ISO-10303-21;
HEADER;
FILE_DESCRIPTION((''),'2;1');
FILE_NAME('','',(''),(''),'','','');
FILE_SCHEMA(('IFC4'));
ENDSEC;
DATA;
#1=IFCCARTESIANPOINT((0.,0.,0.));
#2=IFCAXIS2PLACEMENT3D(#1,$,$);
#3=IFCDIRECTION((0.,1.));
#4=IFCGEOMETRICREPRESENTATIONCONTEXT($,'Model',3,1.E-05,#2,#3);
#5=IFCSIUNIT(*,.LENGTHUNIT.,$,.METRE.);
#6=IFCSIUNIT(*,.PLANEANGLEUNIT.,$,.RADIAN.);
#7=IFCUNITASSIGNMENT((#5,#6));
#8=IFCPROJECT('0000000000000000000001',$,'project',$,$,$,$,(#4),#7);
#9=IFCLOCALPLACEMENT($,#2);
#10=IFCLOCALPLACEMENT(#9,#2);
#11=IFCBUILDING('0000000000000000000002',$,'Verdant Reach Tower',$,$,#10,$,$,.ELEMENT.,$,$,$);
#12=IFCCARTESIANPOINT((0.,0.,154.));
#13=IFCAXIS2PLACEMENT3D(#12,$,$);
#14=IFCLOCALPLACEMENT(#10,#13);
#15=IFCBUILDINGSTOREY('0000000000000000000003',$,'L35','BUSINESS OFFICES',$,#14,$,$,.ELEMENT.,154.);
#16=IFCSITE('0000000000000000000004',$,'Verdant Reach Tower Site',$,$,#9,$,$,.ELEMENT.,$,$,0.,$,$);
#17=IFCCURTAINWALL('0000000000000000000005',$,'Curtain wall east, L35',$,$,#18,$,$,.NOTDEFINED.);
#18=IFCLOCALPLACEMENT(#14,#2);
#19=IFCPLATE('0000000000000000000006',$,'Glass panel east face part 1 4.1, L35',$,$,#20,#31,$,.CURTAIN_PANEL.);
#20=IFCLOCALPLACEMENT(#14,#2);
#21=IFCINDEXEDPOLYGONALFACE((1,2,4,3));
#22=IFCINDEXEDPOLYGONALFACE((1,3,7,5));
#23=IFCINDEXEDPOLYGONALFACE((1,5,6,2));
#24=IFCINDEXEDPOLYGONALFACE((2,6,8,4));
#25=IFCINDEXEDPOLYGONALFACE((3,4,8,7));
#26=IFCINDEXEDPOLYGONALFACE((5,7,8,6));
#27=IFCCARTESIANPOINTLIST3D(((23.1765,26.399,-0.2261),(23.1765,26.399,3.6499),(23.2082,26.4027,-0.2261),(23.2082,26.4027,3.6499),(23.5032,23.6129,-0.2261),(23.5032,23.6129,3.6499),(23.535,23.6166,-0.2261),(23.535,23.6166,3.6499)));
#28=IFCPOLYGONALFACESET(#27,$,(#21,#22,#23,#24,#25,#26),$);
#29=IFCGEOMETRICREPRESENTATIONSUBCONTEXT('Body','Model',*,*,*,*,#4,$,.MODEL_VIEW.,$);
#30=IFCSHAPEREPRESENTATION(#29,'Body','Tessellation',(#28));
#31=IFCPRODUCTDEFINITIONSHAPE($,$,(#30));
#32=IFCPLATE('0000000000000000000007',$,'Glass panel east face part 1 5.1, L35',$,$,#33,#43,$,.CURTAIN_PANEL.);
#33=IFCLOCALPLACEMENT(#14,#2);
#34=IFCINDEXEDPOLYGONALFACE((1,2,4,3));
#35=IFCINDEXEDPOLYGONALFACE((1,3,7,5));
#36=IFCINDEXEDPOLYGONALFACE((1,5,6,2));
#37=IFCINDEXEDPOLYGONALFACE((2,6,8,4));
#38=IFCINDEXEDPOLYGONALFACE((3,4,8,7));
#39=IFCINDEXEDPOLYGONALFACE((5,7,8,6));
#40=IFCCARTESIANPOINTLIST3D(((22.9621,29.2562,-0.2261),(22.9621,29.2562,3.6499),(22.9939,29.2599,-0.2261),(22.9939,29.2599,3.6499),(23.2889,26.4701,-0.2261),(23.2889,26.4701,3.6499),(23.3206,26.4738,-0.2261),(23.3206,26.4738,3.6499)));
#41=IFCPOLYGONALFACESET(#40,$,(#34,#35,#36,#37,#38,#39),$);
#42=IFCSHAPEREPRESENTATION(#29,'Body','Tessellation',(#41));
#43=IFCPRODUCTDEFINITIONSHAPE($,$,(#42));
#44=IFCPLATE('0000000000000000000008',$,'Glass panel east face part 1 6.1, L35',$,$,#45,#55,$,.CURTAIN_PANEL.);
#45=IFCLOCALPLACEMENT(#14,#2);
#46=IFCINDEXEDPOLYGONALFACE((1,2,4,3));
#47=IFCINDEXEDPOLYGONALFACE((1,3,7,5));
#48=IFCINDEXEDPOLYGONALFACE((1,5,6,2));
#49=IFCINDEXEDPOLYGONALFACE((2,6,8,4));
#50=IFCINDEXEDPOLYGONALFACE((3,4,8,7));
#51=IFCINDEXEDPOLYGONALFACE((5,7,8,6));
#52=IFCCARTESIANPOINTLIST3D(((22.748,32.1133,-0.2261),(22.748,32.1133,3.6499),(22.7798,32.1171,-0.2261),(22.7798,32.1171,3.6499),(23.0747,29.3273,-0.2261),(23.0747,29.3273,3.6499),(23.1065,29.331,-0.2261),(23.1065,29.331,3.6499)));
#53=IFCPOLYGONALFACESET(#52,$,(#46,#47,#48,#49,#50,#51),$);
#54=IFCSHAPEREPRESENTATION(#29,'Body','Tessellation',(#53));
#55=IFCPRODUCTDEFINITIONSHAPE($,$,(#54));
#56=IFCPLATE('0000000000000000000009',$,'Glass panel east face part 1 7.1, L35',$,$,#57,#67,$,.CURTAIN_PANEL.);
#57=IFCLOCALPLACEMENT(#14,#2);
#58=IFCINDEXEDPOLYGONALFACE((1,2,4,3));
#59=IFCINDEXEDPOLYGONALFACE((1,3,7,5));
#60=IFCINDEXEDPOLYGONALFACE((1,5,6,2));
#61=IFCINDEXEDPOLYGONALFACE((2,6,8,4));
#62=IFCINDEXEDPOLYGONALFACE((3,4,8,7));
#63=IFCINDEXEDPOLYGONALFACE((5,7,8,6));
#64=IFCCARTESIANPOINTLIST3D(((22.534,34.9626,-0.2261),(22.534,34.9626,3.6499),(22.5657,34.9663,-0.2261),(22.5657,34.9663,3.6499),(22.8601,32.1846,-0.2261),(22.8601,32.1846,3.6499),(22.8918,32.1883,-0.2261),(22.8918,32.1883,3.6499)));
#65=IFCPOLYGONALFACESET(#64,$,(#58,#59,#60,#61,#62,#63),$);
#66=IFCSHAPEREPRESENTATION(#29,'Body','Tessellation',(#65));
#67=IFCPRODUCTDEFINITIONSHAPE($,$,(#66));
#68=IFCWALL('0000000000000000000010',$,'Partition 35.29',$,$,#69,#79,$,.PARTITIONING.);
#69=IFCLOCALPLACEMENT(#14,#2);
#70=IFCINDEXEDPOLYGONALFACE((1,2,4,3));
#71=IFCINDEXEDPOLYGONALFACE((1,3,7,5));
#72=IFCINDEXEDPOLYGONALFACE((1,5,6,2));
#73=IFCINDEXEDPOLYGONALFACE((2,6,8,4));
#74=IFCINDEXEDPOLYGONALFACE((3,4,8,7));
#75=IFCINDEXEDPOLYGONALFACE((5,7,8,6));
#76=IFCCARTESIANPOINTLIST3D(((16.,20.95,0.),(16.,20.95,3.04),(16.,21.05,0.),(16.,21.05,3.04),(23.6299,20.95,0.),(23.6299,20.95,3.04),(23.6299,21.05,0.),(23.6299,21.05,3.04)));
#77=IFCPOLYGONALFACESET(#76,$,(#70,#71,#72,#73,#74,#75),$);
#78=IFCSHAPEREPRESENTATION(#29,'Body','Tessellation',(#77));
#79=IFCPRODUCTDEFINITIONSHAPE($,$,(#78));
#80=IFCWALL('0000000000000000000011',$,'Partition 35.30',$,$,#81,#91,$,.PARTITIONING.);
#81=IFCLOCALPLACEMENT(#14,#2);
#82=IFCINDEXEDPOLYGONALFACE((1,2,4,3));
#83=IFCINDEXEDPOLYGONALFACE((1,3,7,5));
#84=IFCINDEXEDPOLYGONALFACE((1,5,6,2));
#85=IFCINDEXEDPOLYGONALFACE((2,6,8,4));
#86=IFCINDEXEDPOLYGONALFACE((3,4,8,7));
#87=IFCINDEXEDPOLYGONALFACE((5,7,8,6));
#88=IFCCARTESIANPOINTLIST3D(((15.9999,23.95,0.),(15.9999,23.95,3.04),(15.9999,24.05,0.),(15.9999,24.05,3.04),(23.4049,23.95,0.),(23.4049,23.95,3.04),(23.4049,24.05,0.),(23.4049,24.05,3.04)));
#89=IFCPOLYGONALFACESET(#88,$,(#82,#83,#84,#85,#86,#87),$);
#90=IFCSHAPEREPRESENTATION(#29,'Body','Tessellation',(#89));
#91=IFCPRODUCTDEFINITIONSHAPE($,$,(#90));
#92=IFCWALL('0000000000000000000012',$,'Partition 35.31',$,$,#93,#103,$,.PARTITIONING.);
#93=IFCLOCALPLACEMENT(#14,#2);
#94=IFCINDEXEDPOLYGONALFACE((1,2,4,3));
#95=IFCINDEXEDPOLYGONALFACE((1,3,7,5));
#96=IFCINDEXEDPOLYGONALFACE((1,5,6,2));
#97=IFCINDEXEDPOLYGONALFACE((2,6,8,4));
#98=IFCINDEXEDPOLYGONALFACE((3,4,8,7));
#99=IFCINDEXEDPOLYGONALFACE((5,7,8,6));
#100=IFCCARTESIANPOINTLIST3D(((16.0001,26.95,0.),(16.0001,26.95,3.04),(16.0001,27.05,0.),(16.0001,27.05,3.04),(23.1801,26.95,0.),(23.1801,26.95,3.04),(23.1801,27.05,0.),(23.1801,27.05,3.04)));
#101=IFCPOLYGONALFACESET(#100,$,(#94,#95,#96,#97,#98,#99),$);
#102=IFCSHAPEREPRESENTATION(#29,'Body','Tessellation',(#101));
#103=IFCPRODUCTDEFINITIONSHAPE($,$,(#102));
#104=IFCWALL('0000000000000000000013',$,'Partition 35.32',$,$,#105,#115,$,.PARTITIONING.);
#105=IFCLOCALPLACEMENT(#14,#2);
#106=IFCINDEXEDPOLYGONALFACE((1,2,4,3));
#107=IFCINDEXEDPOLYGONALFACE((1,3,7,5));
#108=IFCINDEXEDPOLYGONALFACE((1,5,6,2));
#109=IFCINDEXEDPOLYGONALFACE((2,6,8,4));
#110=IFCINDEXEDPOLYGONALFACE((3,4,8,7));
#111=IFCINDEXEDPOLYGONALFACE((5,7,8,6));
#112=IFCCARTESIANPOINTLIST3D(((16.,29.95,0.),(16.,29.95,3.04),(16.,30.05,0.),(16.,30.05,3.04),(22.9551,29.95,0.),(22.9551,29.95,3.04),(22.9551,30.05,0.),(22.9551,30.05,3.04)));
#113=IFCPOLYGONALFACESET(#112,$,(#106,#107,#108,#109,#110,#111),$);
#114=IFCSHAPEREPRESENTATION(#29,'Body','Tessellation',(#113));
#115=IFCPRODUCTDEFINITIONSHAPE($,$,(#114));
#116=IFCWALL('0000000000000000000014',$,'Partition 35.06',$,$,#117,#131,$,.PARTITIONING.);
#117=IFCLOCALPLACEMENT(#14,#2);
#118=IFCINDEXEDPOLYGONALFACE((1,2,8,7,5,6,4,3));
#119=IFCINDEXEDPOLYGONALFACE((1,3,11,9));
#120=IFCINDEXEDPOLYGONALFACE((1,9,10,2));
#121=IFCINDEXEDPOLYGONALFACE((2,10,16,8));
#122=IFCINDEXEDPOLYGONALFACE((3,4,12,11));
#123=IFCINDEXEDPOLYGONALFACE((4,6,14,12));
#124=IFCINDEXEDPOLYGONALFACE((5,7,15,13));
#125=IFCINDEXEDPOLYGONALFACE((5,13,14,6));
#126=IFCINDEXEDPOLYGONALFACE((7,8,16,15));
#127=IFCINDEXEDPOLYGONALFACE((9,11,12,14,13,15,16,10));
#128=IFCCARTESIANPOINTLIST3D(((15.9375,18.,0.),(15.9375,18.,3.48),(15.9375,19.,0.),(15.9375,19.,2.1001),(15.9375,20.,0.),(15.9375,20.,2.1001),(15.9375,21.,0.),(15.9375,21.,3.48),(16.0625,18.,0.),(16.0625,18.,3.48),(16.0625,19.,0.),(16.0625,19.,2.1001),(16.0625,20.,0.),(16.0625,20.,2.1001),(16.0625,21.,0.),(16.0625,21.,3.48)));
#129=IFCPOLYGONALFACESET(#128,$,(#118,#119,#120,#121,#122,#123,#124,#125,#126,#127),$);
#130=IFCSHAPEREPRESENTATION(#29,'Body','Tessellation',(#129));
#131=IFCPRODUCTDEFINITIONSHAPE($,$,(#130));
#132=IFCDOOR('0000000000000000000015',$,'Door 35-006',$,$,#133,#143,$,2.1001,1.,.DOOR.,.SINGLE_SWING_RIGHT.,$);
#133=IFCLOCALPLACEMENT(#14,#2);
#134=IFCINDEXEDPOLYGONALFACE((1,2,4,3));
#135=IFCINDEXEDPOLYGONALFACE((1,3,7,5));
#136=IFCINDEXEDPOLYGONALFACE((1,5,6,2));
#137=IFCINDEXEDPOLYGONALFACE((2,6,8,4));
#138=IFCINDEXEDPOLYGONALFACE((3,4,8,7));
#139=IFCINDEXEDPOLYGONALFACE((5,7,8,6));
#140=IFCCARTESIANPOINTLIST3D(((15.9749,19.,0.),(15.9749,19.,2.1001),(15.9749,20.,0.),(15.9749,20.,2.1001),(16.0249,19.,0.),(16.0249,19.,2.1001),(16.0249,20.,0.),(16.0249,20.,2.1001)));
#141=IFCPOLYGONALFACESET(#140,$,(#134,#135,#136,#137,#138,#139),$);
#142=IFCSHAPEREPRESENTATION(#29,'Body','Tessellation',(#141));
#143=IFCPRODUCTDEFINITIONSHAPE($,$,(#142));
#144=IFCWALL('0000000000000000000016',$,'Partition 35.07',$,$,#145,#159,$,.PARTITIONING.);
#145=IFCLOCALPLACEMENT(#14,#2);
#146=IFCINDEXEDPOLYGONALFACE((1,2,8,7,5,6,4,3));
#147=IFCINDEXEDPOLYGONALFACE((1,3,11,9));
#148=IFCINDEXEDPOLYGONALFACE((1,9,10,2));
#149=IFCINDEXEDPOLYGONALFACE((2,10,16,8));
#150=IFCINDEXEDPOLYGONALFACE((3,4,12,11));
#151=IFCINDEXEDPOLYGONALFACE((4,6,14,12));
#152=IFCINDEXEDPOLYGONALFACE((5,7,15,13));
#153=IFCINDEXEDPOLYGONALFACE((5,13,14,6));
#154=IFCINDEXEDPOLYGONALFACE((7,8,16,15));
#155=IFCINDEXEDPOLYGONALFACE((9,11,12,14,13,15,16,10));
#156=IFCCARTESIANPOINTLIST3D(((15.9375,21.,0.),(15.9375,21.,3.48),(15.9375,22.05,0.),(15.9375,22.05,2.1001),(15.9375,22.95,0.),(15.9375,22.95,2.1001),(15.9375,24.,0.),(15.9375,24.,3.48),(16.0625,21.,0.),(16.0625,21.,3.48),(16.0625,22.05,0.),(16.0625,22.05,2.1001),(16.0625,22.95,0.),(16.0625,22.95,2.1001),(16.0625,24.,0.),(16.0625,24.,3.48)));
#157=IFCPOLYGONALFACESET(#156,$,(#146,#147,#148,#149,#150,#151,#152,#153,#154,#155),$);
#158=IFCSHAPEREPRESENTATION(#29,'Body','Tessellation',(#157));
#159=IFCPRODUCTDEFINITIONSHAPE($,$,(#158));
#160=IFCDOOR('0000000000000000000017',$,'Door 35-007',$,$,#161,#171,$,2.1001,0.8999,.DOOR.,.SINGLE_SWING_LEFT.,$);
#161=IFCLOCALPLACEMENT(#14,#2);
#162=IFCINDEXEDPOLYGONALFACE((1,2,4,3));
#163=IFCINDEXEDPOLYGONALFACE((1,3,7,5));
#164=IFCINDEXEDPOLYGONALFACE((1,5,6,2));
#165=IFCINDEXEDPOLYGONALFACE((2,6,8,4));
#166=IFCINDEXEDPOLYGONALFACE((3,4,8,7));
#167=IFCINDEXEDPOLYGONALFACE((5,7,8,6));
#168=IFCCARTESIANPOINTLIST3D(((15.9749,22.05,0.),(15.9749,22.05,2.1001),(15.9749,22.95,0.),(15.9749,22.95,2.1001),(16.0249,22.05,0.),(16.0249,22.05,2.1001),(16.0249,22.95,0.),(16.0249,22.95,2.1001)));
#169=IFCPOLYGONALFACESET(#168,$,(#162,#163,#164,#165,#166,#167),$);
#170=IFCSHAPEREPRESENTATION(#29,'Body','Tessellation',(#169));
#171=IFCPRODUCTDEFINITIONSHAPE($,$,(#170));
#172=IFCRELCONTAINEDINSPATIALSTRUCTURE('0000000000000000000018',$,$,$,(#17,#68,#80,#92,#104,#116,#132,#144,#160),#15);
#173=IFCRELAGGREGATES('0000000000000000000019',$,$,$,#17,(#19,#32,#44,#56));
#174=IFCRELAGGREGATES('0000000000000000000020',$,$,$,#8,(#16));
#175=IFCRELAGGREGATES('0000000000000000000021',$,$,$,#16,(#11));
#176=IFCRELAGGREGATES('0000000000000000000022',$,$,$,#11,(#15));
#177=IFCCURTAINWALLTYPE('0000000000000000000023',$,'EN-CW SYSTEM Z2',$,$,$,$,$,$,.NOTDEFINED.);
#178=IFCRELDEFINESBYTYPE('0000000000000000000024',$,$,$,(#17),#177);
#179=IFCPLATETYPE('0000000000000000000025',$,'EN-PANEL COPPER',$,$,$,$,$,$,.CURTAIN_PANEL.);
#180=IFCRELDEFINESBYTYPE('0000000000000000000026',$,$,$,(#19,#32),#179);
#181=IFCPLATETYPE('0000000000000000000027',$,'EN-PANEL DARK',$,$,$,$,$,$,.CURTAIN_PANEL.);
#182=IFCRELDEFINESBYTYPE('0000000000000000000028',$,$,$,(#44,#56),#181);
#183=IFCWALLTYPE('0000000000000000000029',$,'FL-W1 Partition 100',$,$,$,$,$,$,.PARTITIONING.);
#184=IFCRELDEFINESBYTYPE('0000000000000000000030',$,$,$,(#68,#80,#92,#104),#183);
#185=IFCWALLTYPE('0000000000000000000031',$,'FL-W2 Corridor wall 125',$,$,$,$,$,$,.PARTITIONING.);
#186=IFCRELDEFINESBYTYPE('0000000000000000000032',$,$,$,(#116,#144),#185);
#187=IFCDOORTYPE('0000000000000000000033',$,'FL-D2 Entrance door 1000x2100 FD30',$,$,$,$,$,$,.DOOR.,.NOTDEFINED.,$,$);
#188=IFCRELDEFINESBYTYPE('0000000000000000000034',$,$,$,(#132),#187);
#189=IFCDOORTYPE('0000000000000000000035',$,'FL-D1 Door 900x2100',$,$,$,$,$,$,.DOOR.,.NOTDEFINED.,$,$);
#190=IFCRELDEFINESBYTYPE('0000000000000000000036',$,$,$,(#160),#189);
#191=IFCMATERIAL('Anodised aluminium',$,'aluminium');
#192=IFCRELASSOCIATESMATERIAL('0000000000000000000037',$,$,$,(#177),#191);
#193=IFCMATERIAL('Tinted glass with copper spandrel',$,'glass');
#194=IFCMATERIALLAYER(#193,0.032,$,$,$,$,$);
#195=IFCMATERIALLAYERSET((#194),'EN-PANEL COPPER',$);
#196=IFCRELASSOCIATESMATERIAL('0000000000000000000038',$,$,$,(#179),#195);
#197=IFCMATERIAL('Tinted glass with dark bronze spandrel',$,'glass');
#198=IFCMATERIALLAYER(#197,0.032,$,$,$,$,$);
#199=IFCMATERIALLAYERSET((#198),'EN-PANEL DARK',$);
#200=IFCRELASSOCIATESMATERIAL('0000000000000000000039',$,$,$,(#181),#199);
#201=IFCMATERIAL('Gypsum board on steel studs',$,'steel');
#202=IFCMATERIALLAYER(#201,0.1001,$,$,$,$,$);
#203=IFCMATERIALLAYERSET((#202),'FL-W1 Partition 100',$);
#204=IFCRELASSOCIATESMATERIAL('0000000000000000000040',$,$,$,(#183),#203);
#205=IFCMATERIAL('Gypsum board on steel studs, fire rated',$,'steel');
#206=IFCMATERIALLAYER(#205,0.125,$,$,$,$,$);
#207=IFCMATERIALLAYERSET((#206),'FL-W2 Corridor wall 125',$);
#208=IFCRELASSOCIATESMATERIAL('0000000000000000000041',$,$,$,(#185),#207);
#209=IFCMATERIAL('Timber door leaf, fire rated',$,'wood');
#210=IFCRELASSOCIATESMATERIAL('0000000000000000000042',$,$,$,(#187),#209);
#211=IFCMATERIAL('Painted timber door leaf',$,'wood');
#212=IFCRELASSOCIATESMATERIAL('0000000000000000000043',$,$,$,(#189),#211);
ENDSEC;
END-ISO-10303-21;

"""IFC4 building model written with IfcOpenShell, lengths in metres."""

from ifc_helpers import new_model, si_unit, direction, frame, frame_2d, origin, origin_2d, place, context, subcontext, project, spatial, rectangle, extrude, material, layer, layer_set, type_object, element, fill, aggregate, save


model = new_model("IFC4")

# Units and contexts
model_context = context("Model", 3, precision=1e-05, world=origin(), true_north=direction((0.0, 1.0)))
body_context = subcontext(model_context, "Body", "Model", "MODEL_VIEW")
ifc_project = project(units=[si_unit("LENGTHUNIT", "METRE"), si_unit("PLANEANGLEUNIT", "RADIAN")], contexts=[model_context])

# Site, building, storey
site_placement = place(None, origin())
site = spatial("IfcSite", under=ifc_project, at=site_placement, Name="Verdant Reach Tower Site", CompositionType="ELEMENT", RefElevation=0.0)
building_placement = place(site_placement, origin())
building = spatial("IfcBuilding", under=site, at=building_placement, Name="Verdant Reach Tower", CompositionType="ELEMENT")
storey_placement = place(building_placement, frame((0.0, 0.0, 154.0)))
storey = spatial("IfcBuildingStorey", under=building, at=storey_placement, Name="L35", Description="BUSINESS OFFICES", CompositionType="ELEMENT", Elevation=154.0)

# Curtain wall, plates
ifc_material_1 = material(Name="Anodised aluminium", Category="aluminium")
curtain_wall_type = type_object("IfcCurtainWallType", Name="EN-CW SYSTEM Z2", PredefinedType="NOTDEFINED", material=ifc_material_1)
curtain_wall_placement = place(storey_placement, origin())
curtain_wall = element("IfcCurtainWall", 1, at=curtain_wall_placement, inside=storey, type_object=curtain_wall_type, Name="Curtain wall east, L35", PredefinedType="NOTDEFINED")
ifc_material_2 = material(Name="Tinted glass with copper spandrel", Category="glass")
ifc_layer_1 = layer(ifc_material_2, 0.032)
ifc_layer_set_1 = layer_set([ifc_layer_1], Name="EN-PANEL COPPER")
plate_type_1 = type_object("IfcPlateType", Name="EN-PANEL COPPER", PredefinedType="CURTAIN_PANEL", material=ifc_layer_set_1)
plate_1_placement = place(storey_placement, frame((23.3557, 25.0078, -0.2261), z_axis=(0.0, 0.0, 1.0), x_axis=(-0.116483, 0.993193, 0.0)))
plate_1 = element("IfcPlate", 2, at=plate_1_placement, type_object=plate_type_1, Name="Glass panel east face part 1 4.1, L35", PredefinedType="CURTAIN_PANEL", context=body_context, shape_type="SweptSolid", body=[
    extrude(rectangle(XDim=2.8052, YDim=0.032, at=origin_2d()), origin(), (0.0, 0.0, 1.0), 3.876),
])
plate_2_placement = place(storey_placement, frame((23.1414, 27.865, -0.2261), z_axis=(0.0, 0.0, 1.0), x_axis=(-0.116483, 0.993193, 0.0)))
plate_2 = element("IfcPlate", 3, at=plate_2_placement, type_object=plate_type_1, Name="Glass panel east face part 1 5.1, L35", PredefinedType="CURTAIN_PANEL", context=body_context, shape_type="SweptSolid", body=[
    extrude(rectangle(XDim=2.8052, YDim=0.032, at=origin_2d()), origin(), (0.0, 0.0, 1.0), 3.876),
])
ifc_material_3 = material(Name="Tinted glass with dark bronze spandrel", Category="glass")
ifc_layer_2 = layer(ifc_material_3, 0.032)
ifc_layer_set_2 = layer_set([ifc_layer_2], Name="EN-PANEL DARK")
plate_type_2 = type_object("IfcPlateType", Name="EN-PANEL DARK", PredefinedType="CURTAIN_PANEL", material=ifc_layer_set_2)
plate_3_placement = place(storey_placement, frame((22.9272, 30.7222, -0.2261), z_axis=(0.0, 0.0, 1.0), x_axis=(-0.116483, 0.993193, 0.0)))
plate_3 = element("IfcPlate", 4, at=plate_3_placement, type_object=plate_type_2, Name="Glass panel east face part 1 6.1, L35", PredefinedType="CURTAIN_PANEL", context=body_context, shape_type="SweptSolid", body=[
    extrude(rectangle(XDim=2.8052, YDim=0.032, at=origin_2d()), origin(), (0.0, 0.0, 1.0), 3.876),
])
plate_4_placement = place(storey_placement, frame((22.7129, 33.5754, -0.2261), z_axis=(0.0, 0.0, 1.0), x_axis=(-0.116586, 0.993181, 0.0)))
plate_4 = element("IfcPlate", 5, at=plate_4_placement, type_object=plate_type_2, Name="Glass panel east face part 1 7.1, L35", PredefinedType="CURTAIN_PANEL", context=body_context, shape_type="SweptSolid", body=[
    extrude(rectangle(XDim=2.7971, YDim=0.032, at=origin_2d()), origin(), (0.0, 0.0, 1.0), 3.876),
])
aggregate(curtain_wall, [plate_1, plate_2, plate_3, plate_4])

# Walls
ifc_material_4 = material(Name="Gypsum board on steel studs", Category="steel")
ifc_layer_3 = layer(ifc_material_4, 0.1001)
ifc_layer_set_3 = layer_set([ifc_layer_3], Name="FL-W1 Partition 100")
wall_type_1 = type_object("IfcWallType", Name="FL-W1 Partition 100", PredefinedType="PARTITIONING", material=ifc_layer_set_3)
wall_1_placement = place(storey_placement, frame((23.6299, 21.0, 0.0), z_axis=(0.0, 0.0, 1.0), x_axis=(-1.0, 0.0, 0.0)))
element("IfcWall", 6, at=wall_1_placement, inside=storey, type_object=wall_type_1, Name="Partition 35.29", PredefinedType="PARTITIONING", context=body_context, shape_type="SweptSolid", body=[
    extrude(rectangle(XDim=7.6299, YDim=0.1001, at=frame_2d((3.8149, 0.0))), origin(), (0.0, 0.0, 1.0), 3.04),
])
wall_2_placement = place(storey_placement, frame((23.405, 24.0, 0.0), z_axis=(0.0, 0.0, 1.0), x_axis=(-1.0, 0.0, 0.0)))
element("IfcWall", 7, at=wall_2_placement, inside=storey, type_object=wall_type_1, Name="Partition 35.30", PredefinedType="PARTITIONING", context=body_context, shape_type="SweptSolid", body=[
    extrude(rectangle(XDim=7.405, YDim=0.1001, at=frame_2d((3.7026, 0.0))), origin(), (0.0, 0.0, 1.0), 3.04),
])
wall_3_placement = place(storey_placement, frame((23.1799, 27.0, 0.0), z_axis=(0.0, 0.0, 1.0), x_axis=(-1.0, 0.0, 0.0)))
element("IfcWall", 8, at=wall_3_placement, inside=storey, type_object=wall_type_1, Name="Partition 35.31", PredefinedType="PARTITIONING", context=body_context, shape_type="SweptSolid", body=[
    extrude(rectangle(XDim=7.1799, YDim=0.1001, at=frame_2d((3.5898, 0.0))), origin(), (0.0, 0.0, 1.0), 3.04),
])
wall_4_placement = place(storey_placement, frame((22.9551, 30.0, 0.0), z_axis=(0.0, 0.0, 1.0), x_axis=(-1.0, 0.0, 0.0)))
element("IfcWall", 9, at=wall_4_placement, inside=storey, type_object=wall_type_1, Name="Partition 35.32", PredefinedType="PARTITIONING", context=body_context, shape_type="SweptSolid", body=[
    extrude(rectangle(XDim=6.9551, YDim=0.1001, at=frame_2d((3.4775, 0.0))), origin(), (0.0, 0.0, 1.0), 3.04),
])

# Walls, openings, doors
ifc_material_5 = material(Name="Gypsum board on steel studs, fire rated", Category="steel")
ifc_layer_4 = layer(ifc_material_5, 0.125)
ifc_layer_set_4 = layer_set([ifc_layer_4], Name="FL-W2 Corridor wall 125")
wall_type_2 = type_object("IfcWallType", Name="FL-W2 Corridor wall 125", PredefinedType="PARTITIONING", material=ifc_layer_set_4)
wall_5_placement = place(storey_placement, frame((16.0, 21.0, 0.0), z_axis=(0.0, 0.0, 1.0), x_axis=(0.0, -1.0, 0.0)))
wall_5 = element("IfcWall", 10, at=wall_5_placement, inside=storey, type_object=wall_type_2, Name="Partition 35.06", PredefinedType="PARTITIONING", context=body_context, shape_type="SweptSolid", body=[
    extrude(rectangle(XDim=3.0, YDim=0.125, at=frame_2d((1.5, 0.0))), origin(), (0.0, 0.0, 1.0), 3.48),
])
opening_1_placement = place(wall_5_placement, frame((1.0, 0.0, 0.0)))
opening_1 = element("IfcOpeningElement", 11, at=opening_1_placement, cuts=wall_5, PredefinedType="OPENING", context=body_context, shape_type="SweptSolid", body=[
    extrude(rectangle(XDim=1.0, YDim=2.1001, at=frame_2d((0.5, 1.05))), frame((0.0, 0.0725, 0.0), z_axis=(0.0, -1.0, 0.0), x_axis=(1.0, 0.0, 0.0)), (0.0, 0.0, 1.0), 0.145),
])
ifc_material_6 = material(Name="Timber door leaf, fire rated", Category="wood")
door_type_1 = type_object("IfcDoorType", Name="FL-D2 Entrance door 1000x2100 FD30", OperationType="NOTDEFINED", PredefinedType="DOOR", material=ifc_material_6)
door_1_placement = place(opening_1_placement, origin())
door_1 = element("IfcDoor", 12, at=door_1_placement, inside=storey, type_object=door_type_1, Name="Door 35-006", OperationType="SINGLE_SWING_RIGHT", OverallHeight=2.1001, OverallWidth=1.0, PredefinedType="DOOR", context=body_context, shape_type="SweptSolid", body=[
    extrude(rectangle(XDim=1.0, YDim=2.1001, at=frame_2d((0.5, 1.05))), frame((0.0, 0.0249, 0.0), z_axis=(0.0, -1.0, 0.0), x_axis=(1.0, 0.0, 0.0)), (0.0, 0.0, 1.0), 0.05),
])
fill(opening_1, door_1)
wall_6_placement = place(storey_placement, frame((16.0, 24.0, 0.0), z_axis=(0.0, 0.0, 1.0), x_axis=(0.0, -1.0, 0.0)))
wall_6 = element("IfcWall", 13, at=wall_6_placement, inside=storey, type_object=wall_type_2, Name="Partition 35.07", PredefinedType="PARTITIONING", context=body_context, shape_type="SweptSolid", body=[
    extrude(rectangle(XDim=3.0, YDim=0.125, at=frame_2d((1.5, 0.0))), origin(), (0.0, 0.0, 1.0), 3.48),
])
opening_2_placement = place(wall_6_placement, frame((1.05, 0.0, 0.0)))
opening_2 = element("IfcOpeningElement", 14, at=opening_2_placement, cuts=wall_6, PredefinedType="OPENING", context=body_context, shape_type="SweptSolid", body=[
    extrude(rectangle(XDim=0.8999, YDim=2.1001, at=frame_2d((0.45, 1.05))), frame((0.0, 0.0725, 0.0), z_axis=(0.0, -1.0, 0.0), x_axis=(1.0, 0.0, 0.0)), (0.0, 0.0, 1.0), 0.145),
])
ifc_material_7 = material(Name="Painted timber door leaf", Category="wood")
door_type_2 = type_object("IfcDoorType", Name="FL-D1 Door 900x2100", OperationType="NOTDEFINED", PredefinedType="DOOR", material=ifc_material_7)
door_2_placement = place(opening_2_placement, origin())
door_2 = element("IfcDoor", 15, at=door_2_placement, inside=storey, type_object=door_type_2, Name="Door 35-007", OperationType="SINGLE_SWING_LEFT", OverallHeight=2.1001, OverallWidth=0.8999, PredefinedType="DOOR", context=body_context, shape_type="SweptSolid", body=[
    extrude(rectangle(XDim=0.8999, YDim=2.1001, at=frame_2d((0.45, 1.05))), frame((0.0, 0.0249, 0.0), z_axis=(0.0, -1.0, 0.0), x_axis=(1.0, 0.0, 0.0)), (0.0, 0.0, 1.0), 0.05),
])
fill(opening_2, door_2)

save(model, "model.ifc")
